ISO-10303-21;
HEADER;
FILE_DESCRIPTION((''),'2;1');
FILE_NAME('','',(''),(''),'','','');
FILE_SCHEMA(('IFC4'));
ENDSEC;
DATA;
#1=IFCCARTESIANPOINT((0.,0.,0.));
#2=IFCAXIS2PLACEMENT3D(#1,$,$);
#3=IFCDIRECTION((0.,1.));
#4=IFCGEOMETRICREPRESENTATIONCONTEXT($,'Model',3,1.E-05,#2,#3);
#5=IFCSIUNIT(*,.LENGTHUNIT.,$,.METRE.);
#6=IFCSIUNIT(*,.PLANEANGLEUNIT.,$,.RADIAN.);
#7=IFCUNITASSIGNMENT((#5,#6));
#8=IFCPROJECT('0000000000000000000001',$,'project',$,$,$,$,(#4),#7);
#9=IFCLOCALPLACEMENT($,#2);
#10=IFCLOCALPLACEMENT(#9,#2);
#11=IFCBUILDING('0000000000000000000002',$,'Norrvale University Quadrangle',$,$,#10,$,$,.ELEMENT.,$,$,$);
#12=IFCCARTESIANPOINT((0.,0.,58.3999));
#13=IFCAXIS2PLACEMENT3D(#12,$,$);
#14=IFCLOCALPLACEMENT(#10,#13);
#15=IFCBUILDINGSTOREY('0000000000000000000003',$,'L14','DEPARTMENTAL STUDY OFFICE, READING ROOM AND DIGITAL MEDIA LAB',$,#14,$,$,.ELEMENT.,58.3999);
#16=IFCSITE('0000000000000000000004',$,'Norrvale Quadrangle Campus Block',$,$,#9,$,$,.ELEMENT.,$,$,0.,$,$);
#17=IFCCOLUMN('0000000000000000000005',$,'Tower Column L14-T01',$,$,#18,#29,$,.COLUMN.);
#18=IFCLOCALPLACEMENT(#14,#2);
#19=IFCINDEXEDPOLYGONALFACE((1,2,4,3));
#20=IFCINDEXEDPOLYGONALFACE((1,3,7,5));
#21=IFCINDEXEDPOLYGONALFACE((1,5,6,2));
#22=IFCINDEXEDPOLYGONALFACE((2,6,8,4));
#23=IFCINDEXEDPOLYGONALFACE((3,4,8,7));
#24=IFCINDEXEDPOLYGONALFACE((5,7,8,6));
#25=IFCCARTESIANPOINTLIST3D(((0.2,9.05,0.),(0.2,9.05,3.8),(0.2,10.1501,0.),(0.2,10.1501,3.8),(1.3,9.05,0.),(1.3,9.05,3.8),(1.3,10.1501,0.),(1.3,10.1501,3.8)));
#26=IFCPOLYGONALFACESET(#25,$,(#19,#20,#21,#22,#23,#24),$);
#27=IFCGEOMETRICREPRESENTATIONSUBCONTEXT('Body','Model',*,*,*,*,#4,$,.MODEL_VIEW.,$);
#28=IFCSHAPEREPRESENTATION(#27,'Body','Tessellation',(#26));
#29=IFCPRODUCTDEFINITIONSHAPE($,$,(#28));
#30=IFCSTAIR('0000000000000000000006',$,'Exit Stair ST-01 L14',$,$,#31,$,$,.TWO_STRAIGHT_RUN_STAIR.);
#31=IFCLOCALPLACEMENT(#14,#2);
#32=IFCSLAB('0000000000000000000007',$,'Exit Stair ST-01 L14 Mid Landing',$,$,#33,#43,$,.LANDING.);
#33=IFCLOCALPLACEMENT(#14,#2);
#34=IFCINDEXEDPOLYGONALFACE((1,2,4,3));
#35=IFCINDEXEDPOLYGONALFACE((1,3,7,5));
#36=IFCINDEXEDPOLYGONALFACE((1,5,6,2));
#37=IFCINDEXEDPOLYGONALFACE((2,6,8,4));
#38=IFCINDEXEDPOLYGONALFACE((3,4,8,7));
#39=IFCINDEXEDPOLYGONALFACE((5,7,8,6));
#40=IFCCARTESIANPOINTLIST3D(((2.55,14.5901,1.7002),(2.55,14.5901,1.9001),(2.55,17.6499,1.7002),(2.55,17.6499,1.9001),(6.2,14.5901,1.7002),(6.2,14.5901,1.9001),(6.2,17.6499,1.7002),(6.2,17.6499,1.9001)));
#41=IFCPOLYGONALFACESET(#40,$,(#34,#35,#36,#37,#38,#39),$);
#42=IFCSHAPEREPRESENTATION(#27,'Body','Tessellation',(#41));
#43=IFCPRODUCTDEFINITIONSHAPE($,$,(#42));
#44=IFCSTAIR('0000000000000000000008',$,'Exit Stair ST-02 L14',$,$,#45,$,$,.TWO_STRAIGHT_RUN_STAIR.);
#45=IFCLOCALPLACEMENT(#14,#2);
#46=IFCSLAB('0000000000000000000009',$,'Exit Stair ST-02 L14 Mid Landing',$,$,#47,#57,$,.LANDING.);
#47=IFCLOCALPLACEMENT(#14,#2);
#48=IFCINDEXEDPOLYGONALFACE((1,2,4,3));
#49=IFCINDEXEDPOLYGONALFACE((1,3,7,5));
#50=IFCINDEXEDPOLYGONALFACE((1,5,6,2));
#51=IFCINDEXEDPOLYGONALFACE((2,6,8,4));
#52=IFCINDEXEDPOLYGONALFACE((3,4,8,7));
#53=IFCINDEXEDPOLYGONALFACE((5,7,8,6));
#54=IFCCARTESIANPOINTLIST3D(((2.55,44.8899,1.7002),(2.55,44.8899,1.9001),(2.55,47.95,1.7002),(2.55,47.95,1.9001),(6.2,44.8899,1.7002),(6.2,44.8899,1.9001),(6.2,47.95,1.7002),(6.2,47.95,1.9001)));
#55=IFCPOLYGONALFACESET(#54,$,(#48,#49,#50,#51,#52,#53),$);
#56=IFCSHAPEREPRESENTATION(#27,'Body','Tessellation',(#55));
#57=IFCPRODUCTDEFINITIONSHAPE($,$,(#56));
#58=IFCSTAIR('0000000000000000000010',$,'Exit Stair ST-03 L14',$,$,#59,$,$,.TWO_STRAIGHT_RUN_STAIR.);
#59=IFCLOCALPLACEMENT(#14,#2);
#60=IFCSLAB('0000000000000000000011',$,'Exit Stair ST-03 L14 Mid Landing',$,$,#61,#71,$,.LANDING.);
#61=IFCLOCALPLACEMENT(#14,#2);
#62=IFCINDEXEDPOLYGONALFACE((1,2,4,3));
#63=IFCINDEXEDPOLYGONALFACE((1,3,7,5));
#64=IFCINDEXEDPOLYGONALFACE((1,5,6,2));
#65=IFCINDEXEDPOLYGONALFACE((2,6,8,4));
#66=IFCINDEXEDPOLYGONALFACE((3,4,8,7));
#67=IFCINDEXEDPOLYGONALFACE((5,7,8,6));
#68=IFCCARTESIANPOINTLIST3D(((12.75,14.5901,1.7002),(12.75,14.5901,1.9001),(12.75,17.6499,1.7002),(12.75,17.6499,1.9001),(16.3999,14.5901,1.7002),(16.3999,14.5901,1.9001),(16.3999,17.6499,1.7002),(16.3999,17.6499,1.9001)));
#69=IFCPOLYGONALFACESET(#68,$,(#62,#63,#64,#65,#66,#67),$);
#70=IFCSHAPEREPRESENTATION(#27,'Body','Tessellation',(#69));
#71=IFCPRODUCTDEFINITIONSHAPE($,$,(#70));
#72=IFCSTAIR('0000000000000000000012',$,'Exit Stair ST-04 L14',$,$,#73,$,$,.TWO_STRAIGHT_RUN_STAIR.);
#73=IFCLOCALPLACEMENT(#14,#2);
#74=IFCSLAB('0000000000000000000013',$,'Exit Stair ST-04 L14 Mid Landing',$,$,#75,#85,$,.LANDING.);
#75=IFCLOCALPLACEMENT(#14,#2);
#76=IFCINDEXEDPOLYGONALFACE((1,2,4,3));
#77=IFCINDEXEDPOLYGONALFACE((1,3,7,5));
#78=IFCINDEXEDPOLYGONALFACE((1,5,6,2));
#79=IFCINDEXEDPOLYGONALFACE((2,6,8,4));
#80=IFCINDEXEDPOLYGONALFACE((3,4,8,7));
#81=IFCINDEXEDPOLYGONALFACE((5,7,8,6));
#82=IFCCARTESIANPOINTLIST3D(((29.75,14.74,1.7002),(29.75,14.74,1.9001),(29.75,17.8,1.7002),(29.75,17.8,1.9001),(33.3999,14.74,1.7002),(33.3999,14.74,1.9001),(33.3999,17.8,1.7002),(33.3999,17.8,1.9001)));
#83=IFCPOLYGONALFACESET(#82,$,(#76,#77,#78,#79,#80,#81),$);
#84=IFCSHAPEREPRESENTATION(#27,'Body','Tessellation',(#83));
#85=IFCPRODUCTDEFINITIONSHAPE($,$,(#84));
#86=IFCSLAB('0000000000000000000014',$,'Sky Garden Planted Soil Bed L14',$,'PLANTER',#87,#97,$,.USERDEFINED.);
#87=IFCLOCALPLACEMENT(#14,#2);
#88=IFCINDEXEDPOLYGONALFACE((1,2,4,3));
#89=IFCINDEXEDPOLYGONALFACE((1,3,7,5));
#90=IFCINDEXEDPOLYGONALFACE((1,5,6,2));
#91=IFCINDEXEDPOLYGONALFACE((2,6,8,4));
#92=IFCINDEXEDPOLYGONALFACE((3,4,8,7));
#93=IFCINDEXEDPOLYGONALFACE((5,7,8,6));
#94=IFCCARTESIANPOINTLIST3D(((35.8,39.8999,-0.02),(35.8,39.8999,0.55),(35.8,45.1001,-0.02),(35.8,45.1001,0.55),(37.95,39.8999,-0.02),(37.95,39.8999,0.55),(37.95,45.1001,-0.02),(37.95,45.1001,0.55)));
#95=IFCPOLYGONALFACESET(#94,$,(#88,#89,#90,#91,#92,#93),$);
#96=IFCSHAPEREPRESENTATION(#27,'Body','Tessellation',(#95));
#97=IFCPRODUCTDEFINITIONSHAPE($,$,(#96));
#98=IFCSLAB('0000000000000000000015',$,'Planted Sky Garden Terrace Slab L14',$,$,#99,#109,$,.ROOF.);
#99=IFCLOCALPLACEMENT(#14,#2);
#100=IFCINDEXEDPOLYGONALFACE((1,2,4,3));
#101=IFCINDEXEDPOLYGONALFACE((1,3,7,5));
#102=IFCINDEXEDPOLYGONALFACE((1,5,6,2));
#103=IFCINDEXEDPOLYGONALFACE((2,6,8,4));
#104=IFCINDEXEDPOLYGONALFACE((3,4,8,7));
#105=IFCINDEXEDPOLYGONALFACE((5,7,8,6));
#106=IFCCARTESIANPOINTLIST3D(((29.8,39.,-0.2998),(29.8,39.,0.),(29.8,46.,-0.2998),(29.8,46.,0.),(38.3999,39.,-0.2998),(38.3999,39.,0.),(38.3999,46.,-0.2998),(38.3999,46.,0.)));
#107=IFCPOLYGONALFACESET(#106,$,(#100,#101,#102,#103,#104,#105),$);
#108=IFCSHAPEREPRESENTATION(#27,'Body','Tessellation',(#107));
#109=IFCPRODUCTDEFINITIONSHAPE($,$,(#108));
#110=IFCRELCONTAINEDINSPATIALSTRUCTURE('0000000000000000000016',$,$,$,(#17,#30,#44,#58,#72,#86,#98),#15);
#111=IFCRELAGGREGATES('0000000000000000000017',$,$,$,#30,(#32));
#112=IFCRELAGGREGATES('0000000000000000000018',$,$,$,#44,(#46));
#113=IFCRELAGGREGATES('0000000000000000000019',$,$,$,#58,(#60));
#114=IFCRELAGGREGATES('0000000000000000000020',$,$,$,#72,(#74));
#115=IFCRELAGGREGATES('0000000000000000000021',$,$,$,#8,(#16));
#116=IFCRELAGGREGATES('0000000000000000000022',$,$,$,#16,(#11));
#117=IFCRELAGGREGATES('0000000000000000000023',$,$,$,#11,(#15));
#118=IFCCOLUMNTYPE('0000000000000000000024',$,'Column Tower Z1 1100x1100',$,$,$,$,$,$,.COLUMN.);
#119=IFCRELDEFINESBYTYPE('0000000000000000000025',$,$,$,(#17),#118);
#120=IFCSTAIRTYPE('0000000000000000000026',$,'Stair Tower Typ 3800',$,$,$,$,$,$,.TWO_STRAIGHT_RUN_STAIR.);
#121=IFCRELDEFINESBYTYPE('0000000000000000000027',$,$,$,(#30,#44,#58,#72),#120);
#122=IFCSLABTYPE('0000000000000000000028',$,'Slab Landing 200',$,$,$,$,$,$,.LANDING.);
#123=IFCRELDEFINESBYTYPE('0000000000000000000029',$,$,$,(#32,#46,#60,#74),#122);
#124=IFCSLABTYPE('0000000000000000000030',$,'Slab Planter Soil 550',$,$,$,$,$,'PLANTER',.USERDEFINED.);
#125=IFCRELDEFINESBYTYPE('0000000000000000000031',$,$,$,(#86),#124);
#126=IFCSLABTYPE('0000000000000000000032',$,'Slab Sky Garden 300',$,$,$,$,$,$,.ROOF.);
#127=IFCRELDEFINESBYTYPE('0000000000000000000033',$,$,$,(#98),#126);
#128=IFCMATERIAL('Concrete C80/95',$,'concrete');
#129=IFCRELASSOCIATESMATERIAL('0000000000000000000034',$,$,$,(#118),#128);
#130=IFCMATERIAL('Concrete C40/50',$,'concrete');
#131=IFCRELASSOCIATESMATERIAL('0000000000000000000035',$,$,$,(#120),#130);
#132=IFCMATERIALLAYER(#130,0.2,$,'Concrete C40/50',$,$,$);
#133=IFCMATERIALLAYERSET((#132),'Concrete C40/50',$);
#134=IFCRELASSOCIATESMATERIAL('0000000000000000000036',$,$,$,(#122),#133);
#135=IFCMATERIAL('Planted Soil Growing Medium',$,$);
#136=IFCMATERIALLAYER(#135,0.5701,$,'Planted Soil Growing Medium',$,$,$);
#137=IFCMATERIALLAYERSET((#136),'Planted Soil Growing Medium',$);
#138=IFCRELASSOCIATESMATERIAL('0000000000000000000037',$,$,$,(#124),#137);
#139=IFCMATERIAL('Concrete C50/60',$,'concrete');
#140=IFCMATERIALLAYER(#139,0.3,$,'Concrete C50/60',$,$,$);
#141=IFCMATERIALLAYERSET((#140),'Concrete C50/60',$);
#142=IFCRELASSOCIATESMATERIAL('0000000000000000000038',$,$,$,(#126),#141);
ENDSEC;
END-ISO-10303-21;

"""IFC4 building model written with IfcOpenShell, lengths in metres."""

from ifc_helpers import new_model, si_unit, direction, frame, origin, origin_2d, place, context, subcontext, project, spatial, polyline, rectangle, outline, extrude, material, layer, layer_set, material_profile, profile_set, type_object, element, aggregate, save


model = new_model("IFC4")

# Units and contexts
model_context = context("Model", 3, precision=1e-05, world=origin(), true_north=direction((0.0, 1.0)))
body_context = subcontext(model_context, "Body", "Model", "MODEL_VIEW")
ifc_project = project(units=[si_unit("LENGTHUNIT", "METRE"), si_unit("PLANEANGLEUNIT", "RADIAN")], contexts=[model_context])

# Site, building, storey
site_placement = place(None, origin())
site = spatial("IfcSite", under=ifc_project, at=site_placement, Name="Norrvale Quadrangle Campus Block", CompositionType="ELEMENT", RefElevation=0.0)
building_placement = place(site_placement, origin())
building = spatial("IfcBuilding", under=site, at=building_placement, Name="Norrvale University Quadrangle", CompositionType="ELEMENT")
storey_placement = place(building_placement, frame((0.0, 0.0, 58.3999)))
storey = spatial("IfcBuildingStorey", under=building, at=storey_placement, Name="L14", Description="DEPARTMENTAL STUDY OFFICE, READING ROOM AND DIGITAL MEDIA LAB", CompositionType="ELEMENT", Elevation=58.3999)

# Column
ifc_material_1 = material(Name="Concrete C80/95", Category="concrete")
ifc_material_profile = material_profile(ifc_material_1, rectangle(XDim=1.1001, YDim=1.1001, at=origin_2d()), Name="Concrete C80/95")
ifc_profile_set = profile_set([ifc_material_profile], Name="Concrete C80/95")
column_type = type_object("IfcColumnType", Name="Column Tower Z1 1100x1100", PredefinedType="COLUMN", material=ifc_profile_set)
column_placement = place(storey_placement, frame((0.75, 9.6001, 0.0), z_axis=(0.0, 0.0, 1.0), x_axis=(1.0, 0.0, 0.0)))
element("IfcColumn", 1, at=column_placement, inside=storey, type_object=column_type, Name="Tower Column L14-T01", PredefinedType="COLUMN", context=body_context, shape_type="SweptSolid", body=[
    extrude(rectangle(XDim=1.1001, YDim=1.1001, at=origin_2d()), origin(), (0.0, 0.0, 1.0), 3.8),
])

# Stairs, slabs
ifc_material_2 = material(Name="Concrete C40/50", Category="concrete")
stair_type = type_object("IfcStairType", Name="Stair Tower Typ 3800", PredefinedType="TWO_STRAIGHT_RUN_STAIR", material=ifc_material_2)
stair_1_placement = place(storey_placement, origin())
stair_1 = element("IfcStair", 2, at=stair_1_placement, inside=storey, type_object=stair_type, Name="Exit Stair ST-01 L14", PredefinedType="TWO_STRAIGHT_RUN_STAIR")
ifc_layer_1 = layer(ifc_material_2, 0.2, Name="Concrete C40/50")
ifc_layer_set_1 = layer_set([ifc_layer_1], Name="Concrete C40/50")
slab_type_1 = type_object("IfcSlabType", Name="Slab Landing 200", PredefinedType="LANDING", material=ifc_layer_set_1)
slab_1_placement = place(storey_placement, frame((0.0, 0.0, 1.7002)))
slab_1 = element("IfcSlab", 3, at=slab_1_placement, type_object=slab_type_1, Name="Exit Stair ST-01 L14 Mid Landing", PredefinedType="LANDING", context=body_context, shape_type="SweptSolid", body=[
    extrude(outline(polyline([(2.55, 14.5901), (6.2, 14.5901), (6.2, 17.6499), (2.55, 17.6499), (2.55, 14.5901)])), origin(), (0.0, 0.0, 1.0), 0.2),
])
aggregate(stair_1, [slab_1])
stair_2_placement = place(storey_placement, origin())
stair_2 = element("IfcStair", 4, at=stair_2_placement, inside=storey, type_object=stair_type, Name="Exit Stair ST-02 L14", PredefinedType="TWO_STRAIGHT_RUN_STAIR")
slab_2_placement = place(storey_placement, frame((0.0, 0.0, 1.7002)))
slab_2 = element("IfcSlab", 5, at=slab_2_placement, type_object=slab_type_1, Name="Exit Stair ST-02 L14 Mid Landing", PredefinedType="LANDING", context=body_context, shape_type="SweptSolid", body=[
    extrude(outline(polyline([(2.55, 44.8899), (6.2, 44.8899), (6.2, 47.95), (2.55, 47.95), (2.55, 44.8899)])), origin(), (0.0, 0.0, 1.0), 0.2),
])
aggregate(stair_2, [slab_2])
stair_3_placement = place(storey_placement, origin())
stair_3 = element("IfcStair", 6, at=stair_3_placement, inside=storey, type_object=stair_type, Name="Exit Stair ST-03 L14", PredefinedType="TWO_STRAIGHT_RUN_STAIR")
slab_3_placement = place(storey_placement, frame((0.0, 0.0, 1.7002)))
slab_3 = element("IfcSlab", 7, at=slab_3_placement, type_object=slab_type_1, Name="Exit Stair ST-03 L14 Mid Landing", PredefinedType="LANDING", context=body_context, shape_type="SweptSolid", body=[
    extrude(outline(polyline([(12.75, 14.5901), (16.3999, 14.5901), (16.3999, 17.6499), (12.75, 17.6499), (12.75, 14.5901)])), origin(), (0.0, 0.0, 1.0), 0.2),
])
aggregate(stair_3, [slab_3])
stair_4_placement = place(storey_placement, origin())
stair_4 = element("IfcStair", 8, at=stair_4_placement, inside=storey, type_object=stair_type, Name="Exit Stair ST-04 L14", PredefinedType="TWO_STRAIGHT_RUN_STAIR")
slab_4_placement = place(storey_placement, frame((0.0, 0.0, 1.7002)))
slab_4 = element("IfcSlab", 9, at=slab_4_placement, type_object=slab_type_1, Name="Exit Stair ST-04 L14 Mid Landing", PredefinedType="LANDING", context=body_context, shape_type="SweptSolid", body=[
    extrude(outline(polyline([(29.75, 14.74), (33.3999, 14.74), (33.3999, 17.8), (29.75, 17.8), (29.75, 14.74)])), origin(), (0.0, 0.0, 1.0), 0.2),
])
aggregate(stair_4, [slab_4])

# Slabs
ifc_material_3 = material(Name="Planted Soil Growing Medium")
ifc_layer_2 = layer(ifc_material_3, 0.5701, Name="Planted Soil Growing Medium")
ifc_layer_set_2 = layer_set([ifc_layer_2], Name="Planted Soil Growing Medium")
slab_type_2 = type_object("IfcSlabType", Name="Slab Planter Soil 550", ElementType="PLANTER", PredefinedType="USERDEFINED", material=ifc_layer_set_2)
slab_5_placement = place(storey_placement, frame((0.0, 0.0, -0.02)))
element("IfcSlab", 10, at=slab_5_placement, inside=storey, type_object=slab_type_2, Name="Sky Garden Planted Soil Bed L14", ObjectType="PLANTER", PredefinedType="USERDEFINED", context=body_context, shape_type="SweptSolid", body=[
    extrude(outline(polyline([(35.8, 39.8999), (37.95, 39.8999), (37.95, 45.1001), (35.8, 45.1001), (35.8, 39.8999)])), origin(), (0.0, 0.0, 1.0), 0.5701),
])
ifc_material_4 = material(Name="Concrete C50/60", Category="concrete")
ifc_layer_3 = layer(ifc_material_4, 0.3, Name="Concrete C50/60")
ifc_layer_set_3 = layer_set([ifc_layer_3], Name="Concrete C50/60")
slab_type_3 = type_object("IfcSlabType", Name="Slab Sky Garden 300", PredefinedType="ROOF", material=ifc_layer_set_3)
slab_6_placement = place(storey_placement, frame((0.0, 0.0, -0.2998)))
element("IfcSlab", 11, at=slab_6_placement, inside=storey, type_object=slab_type_3, Name="Planted Sky Garden Terrace Slab L14", PredefinedType="ROOF", context=body_context, shape_type="SweptSolid", body=[
    extrude(outline(polyline([(29.8, 39.0), (38.3999, 39.0), (38.3999, 46.0), (29.8, 46.0), (29.8, 39.0)])), origin(), (0.0, 0.0, 1.0), 0.2998),
])

save(model, "model.ifc")
